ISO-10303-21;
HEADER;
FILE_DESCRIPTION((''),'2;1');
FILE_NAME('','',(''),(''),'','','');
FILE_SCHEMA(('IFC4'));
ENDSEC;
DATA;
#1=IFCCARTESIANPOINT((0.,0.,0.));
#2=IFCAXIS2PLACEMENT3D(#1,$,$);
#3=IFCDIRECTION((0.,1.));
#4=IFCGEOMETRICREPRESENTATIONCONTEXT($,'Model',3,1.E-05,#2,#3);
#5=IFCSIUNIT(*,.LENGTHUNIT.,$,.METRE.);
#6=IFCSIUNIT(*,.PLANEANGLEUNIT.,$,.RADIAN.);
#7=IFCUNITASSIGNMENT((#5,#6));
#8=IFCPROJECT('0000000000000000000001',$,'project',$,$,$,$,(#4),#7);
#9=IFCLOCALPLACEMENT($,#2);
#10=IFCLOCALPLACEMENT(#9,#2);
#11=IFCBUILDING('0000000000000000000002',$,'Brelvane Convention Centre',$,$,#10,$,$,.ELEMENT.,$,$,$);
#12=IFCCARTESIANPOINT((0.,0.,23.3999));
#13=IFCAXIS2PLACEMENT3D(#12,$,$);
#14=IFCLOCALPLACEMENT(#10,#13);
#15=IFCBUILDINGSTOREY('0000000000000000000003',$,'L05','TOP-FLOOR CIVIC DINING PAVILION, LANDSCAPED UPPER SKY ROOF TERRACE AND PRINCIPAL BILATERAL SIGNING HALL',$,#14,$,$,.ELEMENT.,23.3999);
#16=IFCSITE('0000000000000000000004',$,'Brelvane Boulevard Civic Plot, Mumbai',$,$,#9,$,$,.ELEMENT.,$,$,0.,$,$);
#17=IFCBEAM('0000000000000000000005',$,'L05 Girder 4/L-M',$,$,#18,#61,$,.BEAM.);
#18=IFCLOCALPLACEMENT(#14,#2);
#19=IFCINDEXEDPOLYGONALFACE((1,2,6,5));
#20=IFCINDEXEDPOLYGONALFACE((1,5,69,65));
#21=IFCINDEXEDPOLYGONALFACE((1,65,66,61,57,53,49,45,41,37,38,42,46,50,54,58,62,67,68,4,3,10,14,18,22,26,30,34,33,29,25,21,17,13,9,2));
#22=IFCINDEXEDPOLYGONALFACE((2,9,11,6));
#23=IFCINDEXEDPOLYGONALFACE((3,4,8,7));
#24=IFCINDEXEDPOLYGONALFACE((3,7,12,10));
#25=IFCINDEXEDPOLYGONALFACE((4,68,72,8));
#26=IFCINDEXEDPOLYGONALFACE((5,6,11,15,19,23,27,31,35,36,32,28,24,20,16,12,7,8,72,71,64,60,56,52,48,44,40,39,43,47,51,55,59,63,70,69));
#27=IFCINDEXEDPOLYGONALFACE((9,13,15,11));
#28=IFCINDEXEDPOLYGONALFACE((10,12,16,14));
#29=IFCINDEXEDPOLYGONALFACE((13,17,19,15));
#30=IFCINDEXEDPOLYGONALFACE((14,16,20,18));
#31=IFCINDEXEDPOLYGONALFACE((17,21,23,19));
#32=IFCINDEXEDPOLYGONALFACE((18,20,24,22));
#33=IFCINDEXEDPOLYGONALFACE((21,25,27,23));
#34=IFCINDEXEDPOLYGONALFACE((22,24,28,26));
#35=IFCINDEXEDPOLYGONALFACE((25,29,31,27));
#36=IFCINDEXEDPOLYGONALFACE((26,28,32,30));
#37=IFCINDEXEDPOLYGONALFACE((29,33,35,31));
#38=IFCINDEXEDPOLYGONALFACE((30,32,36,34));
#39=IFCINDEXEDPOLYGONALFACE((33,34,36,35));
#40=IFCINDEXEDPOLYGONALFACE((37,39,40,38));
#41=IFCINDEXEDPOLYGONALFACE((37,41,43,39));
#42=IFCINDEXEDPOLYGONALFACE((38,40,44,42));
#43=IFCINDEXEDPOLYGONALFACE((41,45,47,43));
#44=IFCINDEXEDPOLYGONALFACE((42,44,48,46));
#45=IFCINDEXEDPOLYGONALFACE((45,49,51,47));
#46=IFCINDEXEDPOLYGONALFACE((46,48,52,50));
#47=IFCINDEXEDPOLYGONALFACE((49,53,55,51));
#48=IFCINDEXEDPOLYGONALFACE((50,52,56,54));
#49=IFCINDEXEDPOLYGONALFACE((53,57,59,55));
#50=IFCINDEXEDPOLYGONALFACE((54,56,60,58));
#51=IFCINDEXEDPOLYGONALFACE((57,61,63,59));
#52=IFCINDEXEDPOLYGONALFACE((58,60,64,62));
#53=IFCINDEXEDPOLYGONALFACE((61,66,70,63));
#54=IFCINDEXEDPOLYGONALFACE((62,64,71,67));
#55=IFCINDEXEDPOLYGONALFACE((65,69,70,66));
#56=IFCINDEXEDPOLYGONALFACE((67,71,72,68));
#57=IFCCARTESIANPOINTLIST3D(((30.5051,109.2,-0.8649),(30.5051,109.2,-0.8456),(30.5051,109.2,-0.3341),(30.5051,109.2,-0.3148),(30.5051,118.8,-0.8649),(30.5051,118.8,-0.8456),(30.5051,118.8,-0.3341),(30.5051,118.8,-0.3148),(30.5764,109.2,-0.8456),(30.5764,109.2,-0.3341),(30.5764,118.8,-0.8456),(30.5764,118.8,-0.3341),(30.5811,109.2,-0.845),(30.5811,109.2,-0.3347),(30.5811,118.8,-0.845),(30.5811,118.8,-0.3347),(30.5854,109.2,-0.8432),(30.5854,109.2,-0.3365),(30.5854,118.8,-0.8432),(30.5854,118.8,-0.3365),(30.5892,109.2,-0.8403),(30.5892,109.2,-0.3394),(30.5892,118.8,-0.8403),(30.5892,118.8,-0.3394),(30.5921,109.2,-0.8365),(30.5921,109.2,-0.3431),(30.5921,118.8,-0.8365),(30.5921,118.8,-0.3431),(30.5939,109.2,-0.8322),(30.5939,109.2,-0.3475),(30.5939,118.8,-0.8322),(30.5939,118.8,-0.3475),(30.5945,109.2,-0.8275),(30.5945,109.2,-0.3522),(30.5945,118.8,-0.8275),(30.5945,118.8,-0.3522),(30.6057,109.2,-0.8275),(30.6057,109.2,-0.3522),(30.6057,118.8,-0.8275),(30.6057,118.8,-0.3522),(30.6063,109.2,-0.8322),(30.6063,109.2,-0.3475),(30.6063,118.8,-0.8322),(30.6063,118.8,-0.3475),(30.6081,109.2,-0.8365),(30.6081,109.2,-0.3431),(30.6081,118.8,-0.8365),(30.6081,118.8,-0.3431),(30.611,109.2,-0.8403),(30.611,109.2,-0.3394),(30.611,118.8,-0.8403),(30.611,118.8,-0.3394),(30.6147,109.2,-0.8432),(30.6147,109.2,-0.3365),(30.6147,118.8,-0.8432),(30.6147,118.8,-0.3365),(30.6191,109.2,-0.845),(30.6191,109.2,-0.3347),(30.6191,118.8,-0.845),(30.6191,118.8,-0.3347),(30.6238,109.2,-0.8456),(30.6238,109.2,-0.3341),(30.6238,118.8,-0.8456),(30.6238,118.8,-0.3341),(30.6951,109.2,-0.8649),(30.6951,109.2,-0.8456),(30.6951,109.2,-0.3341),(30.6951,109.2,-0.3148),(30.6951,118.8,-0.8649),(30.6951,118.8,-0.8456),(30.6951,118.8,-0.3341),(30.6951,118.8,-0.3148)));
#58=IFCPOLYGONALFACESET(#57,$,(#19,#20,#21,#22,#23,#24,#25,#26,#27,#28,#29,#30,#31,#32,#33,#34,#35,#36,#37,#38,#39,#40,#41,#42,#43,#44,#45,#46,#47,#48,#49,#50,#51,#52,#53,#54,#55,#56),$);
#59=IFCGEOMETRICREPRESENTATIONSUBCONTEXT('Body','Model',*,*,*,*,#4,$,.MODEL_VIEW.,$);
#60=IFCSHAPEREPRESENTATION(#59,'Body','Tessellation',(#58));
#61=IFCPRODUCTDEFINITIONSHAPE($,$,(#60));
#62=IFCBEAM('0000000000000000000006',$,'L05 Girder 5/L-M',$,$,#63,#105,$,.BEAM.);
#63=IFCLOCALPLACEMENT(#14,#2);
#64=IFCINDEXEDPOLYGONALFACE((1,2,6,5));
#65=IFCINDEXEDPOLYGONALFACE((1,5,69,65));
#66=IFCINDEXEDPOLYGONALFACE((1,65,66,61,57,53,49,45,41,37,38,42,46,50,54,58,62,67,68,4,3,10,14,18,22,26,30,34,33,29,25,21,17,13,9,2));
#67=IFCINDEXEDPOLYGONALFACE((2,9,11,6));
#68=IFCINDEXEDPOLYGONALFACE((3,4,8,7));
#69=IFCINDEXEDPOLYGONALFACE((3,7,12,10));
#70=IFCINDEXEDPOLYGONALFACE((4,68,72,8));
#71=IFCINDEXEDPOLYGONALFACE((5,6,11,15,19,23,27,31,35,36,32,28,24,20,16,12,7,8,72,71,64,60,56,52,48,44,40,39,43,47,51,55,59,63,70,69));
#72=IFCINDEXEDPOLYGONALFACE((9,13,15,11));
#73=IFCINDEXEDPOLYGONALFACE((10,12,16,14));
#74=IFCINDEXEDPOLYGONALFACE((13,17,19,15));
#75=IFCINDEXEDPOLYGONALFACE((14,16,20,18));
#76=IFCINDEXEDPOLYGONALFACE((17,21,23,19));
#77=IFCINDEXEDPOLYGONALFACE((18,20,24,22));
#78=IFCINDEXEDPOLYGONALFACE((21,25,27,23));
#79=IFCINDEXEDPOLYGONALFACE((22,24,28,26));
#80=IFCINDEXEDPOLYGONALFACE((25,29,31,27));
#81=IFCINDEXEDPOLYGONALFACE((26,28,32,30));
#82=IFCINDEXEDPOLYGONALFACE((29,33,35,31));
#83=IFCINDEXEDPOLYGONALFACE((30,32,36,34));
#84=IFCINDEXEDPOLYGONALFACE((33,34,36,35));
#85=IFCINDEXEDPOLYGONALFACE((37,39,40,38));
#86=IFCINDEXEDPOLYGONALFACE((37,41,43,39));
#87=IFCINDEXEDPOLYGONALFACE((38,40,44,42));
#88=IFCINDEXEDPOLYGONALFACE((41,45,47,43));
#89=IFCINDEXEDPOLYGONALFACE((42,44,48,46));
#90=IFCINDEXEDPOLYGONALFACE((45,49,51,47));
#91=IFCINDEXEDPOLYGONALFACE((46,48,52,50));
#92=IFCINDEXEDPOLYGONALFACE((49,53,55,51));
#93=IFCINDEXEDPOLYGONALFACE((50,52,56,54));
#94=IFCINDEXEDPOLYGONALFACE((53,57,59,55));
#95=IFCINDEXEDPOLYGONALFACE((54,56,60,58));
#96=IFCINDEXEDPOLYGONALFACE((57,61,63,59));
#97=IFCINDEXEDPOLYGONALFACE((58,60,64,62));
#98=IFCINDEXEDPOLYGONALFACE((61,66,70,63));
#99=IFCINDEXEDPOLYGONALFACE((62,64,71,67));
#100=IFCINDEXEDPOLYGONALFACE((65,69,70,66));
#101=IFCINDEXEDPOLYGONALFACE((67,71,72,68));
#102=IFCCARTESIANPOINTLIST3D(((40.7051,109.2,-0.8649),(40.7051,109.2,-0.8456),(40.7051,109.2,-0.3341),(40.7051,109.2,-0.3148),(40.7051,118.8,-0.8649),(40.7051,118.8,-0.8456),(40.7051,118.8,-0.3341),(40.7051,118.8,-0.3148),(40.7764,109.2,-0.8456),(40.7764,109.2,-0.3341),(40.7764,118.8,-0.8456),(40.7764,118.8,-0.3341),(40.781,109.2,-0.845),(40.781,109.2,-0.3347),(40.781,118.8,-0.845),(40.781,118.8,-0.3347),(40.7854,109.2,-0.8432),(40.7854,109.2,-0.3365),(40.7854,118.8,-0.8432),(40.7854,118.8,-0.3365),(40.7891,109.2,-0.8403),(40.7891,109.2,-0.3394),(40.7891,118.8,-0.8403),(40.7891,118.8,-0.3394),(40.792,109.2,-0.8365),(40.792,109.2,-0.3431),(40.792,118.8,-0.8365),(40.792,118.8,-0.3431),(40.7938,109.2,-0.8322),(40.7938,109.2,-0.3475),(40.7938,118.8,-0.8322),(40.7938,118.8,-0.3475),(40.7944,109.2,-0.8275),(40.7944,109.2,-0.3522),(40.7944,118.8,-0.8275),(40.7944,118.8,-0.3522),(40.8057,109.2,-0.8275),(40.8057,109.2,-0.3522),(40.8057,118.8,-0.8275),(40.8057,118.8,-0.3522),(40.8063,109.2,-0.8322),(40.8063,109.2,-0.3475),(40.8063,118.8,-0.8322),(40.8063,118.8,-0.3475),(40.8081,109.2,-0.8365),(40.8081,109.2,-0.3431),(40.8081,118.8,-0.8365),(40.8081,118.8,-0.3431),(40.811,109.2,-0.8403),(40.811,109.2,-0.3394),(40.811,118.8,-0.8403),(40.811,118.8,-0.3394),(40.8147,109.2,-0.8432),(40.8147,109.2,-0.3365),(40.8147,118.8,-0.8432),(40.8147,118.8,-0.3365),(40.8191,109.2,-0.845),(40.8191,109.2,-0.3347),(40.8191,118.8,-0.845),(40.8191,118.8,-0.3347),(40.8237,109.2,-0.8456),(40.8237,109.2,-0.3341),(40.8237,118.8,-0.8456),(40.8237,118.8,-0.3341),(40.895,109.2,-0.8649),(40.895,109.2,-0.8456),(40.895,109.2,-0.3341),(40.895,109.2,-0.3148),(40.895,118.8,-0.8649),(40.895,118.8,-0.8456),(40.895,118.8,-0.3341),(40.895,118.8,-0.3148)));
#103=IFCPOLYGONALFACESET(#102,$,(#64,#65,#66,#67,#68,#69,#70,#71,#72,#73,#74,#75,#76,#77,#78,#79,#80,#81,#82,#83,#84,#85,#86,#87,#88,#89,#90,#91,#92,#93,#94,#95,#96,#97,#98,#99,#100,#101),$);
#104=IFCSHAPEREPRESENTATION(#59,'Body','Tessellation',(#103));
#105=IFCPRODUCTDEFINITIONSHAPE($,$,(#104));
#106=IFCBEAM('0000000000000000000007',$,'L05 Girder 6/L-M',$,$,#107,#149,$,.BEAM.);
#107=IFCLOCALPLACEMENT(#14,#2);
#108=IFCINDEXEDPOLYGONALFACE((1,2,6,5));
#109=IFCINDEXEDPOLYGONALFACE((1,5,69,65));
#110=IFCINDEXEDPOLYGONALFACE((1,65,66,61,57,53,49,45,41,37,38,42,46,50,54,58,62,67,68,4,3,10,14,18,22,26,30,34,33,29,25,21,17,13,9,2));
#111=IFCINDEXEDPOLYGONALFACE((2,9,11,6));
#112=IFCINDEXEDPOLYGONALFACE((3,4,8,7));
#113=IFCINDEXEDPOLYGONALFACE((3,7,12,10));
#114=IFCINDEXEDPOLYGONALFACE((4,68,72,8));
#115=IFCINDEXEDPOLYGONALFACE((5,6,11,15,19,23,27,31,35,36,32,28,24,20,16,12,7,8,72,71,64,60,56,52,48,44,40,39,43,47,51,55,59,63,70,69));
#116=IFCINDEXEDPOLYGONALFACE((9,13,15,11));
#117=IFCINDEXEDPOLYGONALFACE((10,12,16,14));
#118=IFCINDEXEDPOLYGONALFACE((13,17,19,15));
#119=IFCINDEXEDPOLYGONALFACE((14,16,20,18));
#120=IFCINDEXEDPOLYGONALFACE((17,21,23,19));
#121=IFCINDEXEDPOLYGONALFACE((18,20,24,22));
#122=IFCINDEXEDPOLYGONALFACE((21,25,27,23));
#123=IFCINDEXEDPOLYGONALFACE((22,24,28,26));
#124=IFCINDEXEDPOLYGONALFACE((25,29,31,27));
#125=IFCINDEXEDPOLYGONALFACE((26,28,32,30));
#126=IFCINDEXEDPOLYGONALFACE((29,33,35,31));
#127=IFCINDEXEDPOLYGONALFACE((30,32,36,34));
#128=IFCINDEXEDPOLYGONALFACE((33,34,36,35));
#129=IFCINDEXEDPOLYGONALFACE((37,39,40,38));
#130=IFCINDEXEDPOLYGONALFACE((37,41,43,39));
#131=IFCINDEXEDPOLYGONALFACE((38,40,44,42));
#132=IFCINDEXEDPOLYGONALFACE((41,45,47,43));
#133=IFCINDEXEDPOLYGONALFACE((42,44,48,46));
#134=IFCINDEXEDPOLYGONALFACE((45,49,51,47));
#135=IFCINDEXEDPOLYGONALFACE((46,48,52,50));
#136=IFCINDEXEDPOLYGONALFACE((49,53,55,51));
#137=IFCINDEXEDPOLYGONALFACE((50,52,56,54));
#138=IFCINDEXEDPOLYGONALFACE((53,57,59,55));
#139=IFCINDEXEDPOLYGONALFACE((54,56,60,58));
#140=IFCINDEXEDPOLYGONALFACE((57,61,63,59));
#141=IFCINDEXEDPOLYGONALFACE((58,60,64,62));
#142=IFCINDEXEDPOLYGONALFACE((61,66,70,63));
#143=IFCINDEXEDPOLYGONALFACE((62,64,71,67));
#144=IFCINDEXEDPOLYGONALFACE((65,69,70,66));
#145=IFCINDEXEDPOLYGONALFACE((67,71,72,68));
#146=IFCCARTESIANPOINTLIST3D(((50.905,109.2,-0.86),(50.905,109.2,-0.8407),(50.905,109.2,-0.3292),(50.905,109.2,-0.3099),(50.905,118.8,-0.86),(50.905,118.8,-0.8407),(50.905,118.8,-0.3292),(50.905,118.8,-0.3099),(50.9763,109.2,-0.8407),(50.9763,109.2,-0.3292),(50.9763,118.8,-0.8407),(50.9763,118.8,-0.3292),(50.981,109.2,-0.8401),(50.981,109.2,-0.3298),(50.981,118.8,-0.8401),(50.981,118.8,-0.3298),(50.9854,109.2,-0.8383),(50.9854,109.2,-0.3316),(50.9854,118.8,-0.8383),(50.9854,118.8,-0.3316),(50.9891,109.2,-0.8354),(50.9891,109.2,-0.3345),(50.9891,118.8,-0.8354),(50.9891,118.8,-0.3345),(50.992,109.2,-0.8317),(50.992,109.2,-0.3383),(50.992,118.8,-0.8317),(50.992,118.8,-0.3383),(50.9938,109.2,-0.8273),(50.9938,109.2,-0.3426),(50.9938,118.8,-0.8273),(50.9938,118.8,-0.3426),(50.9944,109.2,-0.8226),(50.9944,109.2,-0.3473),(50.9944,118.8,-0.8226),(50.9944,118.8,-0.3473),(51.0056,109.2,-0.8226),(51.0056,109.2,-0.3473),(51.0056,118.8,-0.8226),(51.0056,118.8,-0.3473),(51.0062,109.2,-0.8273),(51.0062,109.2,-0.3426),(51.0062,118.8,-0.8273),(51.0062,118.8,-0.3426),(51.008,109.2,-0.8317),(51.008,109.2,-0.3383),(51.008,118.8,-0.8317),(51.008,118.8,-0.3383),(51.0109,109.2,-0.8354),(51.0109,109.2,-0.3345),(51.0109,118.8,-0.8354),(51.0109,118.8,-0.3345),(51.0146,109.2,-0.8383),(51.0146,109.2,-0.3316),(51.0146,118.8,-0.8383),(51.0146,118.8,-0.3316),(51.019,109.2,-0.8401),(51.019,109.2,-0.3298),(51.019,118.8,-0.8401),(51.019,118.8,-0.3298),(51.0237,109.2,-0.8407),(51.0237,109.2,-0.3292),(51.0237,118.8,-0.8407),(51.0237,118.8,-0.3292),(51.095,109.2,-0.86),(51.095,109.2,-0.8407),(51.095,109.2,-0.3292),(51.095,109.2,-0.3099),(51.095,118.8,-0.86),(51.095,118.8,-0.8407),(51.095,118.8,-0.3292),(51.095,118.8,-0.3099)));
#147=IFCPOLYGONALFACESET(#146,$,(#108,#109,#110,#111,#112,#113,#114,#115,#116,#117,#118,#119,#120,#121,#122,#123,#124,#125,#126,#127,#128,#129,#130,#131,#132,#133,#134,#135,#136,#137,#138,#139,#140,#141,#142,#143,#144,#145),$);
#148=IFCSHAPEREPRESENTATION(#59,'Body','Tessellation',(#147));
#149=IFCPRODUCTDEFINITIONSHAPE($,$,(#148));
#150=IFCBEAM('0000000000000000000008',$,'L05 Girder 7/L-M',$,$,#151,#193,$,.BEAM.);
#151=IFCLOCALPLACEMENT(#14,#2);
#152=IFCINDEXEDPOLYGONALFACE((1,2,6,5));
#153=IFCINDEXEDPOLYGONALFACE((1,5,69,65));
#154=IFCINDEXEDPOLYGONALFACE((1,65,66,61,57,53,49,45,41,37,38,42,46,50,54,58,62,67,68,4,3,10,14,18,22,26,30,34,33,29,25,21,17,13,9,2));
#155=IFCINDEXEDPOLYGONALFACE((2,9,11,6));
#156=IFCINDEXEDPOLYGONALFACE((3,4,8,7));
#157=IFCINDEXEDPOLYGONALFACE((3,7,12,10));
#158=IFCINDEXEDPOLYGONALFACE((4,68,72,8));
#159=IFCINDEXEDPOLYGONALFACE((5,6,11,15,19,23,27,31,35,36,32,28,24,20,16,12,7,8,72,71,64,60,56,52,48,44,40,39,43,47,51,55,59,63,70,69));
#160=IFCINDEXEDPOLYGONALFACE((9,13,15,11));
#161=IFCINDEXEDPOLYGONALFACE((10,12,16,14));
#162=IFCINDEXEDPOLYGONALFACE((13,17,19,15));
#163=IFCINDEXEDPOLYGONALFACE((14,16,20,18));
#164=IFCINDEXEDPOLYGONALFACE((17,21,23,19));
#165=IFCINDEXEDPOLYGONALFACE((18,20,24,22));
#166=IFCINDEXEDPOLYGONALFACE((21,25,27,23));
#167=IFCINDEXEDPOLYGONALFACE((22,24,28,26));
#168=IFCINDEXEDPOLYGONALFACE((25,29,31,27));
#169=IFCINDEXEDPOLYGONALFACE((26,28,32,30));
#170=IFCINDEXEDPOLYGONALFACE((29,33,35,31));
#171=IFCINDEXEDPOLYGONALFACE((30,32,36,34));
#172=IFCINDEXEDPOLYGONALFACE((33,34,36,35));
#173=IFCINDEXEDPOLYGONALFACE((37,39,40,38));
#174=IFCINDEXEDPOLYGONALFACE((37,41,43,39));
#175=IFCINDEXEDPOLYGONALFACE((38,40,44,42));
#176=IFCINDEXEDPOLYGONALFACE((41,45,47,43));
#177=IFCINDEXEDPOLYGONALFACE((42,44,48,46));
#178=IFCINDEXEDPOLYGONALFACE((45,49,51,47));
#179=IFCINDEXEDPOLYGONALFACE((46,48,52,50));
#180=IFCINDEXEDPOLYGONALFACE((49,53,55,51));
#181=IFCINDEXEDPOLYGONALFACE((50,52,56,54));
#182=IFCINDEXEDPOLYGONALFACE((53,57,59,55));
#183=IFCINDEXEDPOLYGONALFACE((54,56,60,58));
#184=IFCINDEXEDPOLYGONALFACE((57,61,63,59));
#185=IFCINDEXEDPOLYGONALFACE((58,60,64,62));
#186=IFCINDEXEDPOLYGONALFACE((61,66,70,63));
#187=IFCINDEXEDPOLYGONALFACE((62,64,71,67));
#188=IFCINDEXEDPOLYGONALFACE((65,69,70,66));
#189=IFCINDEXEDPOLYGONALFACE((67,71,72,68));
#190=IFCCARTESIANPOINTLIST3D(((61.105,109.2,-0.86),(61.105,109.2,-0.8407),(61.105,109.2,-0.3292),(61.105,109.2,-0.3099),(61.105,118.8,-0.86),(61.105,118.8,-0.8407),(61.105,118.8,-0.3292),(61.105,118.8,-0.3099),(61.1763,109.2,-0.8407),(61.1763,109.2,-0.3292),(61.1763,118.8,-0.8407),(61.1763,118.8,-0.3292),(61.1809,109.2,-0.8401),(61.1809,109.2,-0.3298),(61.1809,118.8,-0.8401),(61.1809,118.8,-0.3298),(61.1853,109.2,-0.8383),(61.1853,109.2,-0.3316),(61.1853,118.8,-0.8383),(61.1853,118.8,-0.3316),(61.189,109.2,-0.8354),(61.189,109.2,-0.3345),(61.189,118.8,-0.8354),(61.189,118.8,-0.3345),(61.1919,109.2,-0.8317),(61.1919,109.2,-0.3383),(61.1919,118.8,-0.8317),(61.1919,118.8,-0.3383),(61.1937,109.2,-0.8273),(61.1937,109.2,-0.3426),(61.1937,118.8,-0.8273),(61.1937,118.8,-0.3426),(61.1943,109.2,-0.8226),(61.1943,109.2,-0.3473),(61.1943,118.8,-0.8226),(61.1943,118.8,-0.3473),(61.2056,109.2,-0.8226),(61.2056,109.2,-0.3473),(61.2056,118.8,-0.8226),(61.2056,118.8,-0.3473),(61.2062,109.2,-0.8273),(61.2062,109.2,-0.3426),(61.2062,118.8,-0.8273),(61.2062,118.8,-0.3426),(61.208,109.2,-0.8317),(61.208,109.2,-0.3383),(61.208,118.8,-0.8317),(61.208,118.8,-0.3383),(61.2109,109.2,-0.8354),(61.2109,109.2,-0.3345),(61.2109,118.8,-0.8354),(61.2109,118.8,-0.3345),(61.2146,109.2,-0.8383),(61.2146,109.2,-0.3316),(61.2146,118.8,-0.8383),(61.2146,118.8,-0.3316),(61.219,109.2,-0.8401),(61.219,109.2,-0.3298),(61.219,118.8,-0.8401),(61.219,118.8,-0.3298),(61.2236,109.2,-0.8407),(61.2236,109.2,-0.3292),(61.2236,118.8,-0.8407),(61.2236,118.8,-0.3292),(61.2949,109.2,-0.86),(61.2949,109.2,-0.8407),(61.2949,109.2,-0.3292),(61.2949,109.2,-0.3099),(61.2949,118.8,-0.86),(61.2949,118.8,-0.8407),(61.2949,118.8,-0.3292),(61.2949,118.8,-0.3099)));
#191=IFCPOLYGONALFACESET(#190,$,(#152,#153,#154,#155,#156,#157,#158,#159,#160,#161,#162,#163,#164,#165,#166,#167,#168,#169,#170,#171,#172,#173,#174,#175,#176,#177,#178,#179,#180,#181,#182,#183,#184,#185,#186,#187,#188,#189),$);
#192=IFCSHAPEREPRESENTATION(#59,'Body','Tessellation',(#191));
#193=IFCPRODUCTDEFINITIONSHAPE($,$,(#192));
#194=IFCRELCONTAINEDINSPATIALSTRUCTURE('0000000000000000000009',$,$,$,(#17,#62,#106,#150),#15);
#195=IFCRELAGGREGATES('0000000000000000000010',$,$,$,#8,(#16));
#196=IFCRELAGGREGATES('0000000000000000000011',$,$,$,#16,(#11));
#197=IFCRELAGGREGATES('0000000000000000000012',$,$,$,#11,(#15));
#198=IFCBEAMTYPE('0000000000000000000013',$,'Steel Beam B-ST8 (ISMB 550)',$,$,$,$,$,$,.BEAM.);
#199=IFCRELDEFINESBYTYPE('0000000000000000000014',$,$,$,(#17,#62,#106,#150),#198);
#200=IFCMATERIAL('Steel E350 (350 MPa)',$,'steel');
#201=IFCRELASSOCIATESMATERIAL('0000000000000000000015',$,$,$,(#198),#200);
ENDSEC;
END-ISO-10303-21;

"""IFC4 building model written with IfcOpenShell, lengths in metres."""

from ifc_helpers import new_model, si_unit, direction, frame, origin, origin_2d, place, context, subcontext, project, spatial, i_section, extrude, material, material_profile, profile_set, type_object, element, save


model = new_model("IFC4")

# Units and contexts
model_context = context("Model", 3, precision=1e-05, world=origin(), true_north=direction((0.0, 1.0)))
body_context = subcontext(model_context, "Body", "Model", "MODEL_VIEW")
ifc_project = project(units=[si_unit("LENGTHUNIT", "METRE"), si_unit("PLANEANGLEUNIT", "RADIAN")], contexts=[model_context])

# Site, building, storey
site_placement = place(None, origin())
site = spatial("IfcSite", under=ifc_project, at=site_placement, Name="Brelvane Boulevard Civic Plot, Mumbai", CompositionType="ELEMENT", RefElevation=0.0)
building_placement = place(site_placement, origin())
building = spatial("IfcBuilding", under=site, at=building_placement, Name="Brelvane Convention Centre", CompositionType="ELEMENT")
storey_placement = place(building_placement, frame((0.0, 0.0, 23.3999)))
storey = spatial("IfcBuildingStorey", under=building, at=storey_placement, Name="L05", Description="TOP-FLOOR CIVIC DINING PAVILION, LANDSCAPED UPPER SKY ROOF TERRACE AND PRINCIPAL BILATERAL SIGNING HALL", CompositionType="ELEMENT", Elevation=23.3999)

# Beams
ifc_material_1 = material(Name="Steel E350 (350 MPa)", Category="steel")
ifc_material_profile_1 = material_profile(ifc_material_1, i_section(OverallWidth=0.1899, OverallDepth=0.55, WebThickness=0.0112, FlangeThickness=0.0193, FilletRadius=0.0181, at=origin_2d()), Name="ISMB 550")
ifc_profile_set_1 = profile_set([ifc_material_profile_1], Name="Steel E350 (350 MPa)")
beam_type_1 = type_object("IfcBeamType", Name="Steel Beam B-ST8 (ISMB 550)", PredefinedType="BEAM", material=ifc_profile_set_1)
for number, where, z_axis, x_axis, name in (
    (1, (30.6001, 109.2, -0.5898), (0.0, 1.0, 0.0), (-1.0, 0.0, 0.0), "L05 Girder 4/L-M"),
    (2, (40.8, 109.2, -0.5898), (0.0, 1.0, 0.0), (-1.0, 0.0, 0.0), "L05 Girder 5/L-M"),
    (3, (51.0, 109.2, -0.585), (0.0, 1.0, 0.0), (-1.0, 0.0, 0.0), "L05 Girder 6/L-M"),
    (4, (61.2, 109.2, -0.585), (0.0, 1.0, 0.0), (-1.0, 0.0, 0.0), "L05 Girder 7/L-M"),
):
    element("IfcBeam", number, at=place(storey_placement, frame(where, z_axis=z_axis, x_axis=x_axis)), inside=storey, type_object=beam_type_1, Name=name, PredefinedType="BEAM", context=body_context, shape_type="SweptSolid", body=[
        extrude(i_section(OverallWidth=0.1899, OverallDepth=0.55, WebThickness=0.0112, FlangeThickness=0.0193, FilletRadius=0.0181, at=origin_2d()), origin(), (0.0, 0.0, 1.0), 9.6001),
    ])

save(model, "model.ifc")
